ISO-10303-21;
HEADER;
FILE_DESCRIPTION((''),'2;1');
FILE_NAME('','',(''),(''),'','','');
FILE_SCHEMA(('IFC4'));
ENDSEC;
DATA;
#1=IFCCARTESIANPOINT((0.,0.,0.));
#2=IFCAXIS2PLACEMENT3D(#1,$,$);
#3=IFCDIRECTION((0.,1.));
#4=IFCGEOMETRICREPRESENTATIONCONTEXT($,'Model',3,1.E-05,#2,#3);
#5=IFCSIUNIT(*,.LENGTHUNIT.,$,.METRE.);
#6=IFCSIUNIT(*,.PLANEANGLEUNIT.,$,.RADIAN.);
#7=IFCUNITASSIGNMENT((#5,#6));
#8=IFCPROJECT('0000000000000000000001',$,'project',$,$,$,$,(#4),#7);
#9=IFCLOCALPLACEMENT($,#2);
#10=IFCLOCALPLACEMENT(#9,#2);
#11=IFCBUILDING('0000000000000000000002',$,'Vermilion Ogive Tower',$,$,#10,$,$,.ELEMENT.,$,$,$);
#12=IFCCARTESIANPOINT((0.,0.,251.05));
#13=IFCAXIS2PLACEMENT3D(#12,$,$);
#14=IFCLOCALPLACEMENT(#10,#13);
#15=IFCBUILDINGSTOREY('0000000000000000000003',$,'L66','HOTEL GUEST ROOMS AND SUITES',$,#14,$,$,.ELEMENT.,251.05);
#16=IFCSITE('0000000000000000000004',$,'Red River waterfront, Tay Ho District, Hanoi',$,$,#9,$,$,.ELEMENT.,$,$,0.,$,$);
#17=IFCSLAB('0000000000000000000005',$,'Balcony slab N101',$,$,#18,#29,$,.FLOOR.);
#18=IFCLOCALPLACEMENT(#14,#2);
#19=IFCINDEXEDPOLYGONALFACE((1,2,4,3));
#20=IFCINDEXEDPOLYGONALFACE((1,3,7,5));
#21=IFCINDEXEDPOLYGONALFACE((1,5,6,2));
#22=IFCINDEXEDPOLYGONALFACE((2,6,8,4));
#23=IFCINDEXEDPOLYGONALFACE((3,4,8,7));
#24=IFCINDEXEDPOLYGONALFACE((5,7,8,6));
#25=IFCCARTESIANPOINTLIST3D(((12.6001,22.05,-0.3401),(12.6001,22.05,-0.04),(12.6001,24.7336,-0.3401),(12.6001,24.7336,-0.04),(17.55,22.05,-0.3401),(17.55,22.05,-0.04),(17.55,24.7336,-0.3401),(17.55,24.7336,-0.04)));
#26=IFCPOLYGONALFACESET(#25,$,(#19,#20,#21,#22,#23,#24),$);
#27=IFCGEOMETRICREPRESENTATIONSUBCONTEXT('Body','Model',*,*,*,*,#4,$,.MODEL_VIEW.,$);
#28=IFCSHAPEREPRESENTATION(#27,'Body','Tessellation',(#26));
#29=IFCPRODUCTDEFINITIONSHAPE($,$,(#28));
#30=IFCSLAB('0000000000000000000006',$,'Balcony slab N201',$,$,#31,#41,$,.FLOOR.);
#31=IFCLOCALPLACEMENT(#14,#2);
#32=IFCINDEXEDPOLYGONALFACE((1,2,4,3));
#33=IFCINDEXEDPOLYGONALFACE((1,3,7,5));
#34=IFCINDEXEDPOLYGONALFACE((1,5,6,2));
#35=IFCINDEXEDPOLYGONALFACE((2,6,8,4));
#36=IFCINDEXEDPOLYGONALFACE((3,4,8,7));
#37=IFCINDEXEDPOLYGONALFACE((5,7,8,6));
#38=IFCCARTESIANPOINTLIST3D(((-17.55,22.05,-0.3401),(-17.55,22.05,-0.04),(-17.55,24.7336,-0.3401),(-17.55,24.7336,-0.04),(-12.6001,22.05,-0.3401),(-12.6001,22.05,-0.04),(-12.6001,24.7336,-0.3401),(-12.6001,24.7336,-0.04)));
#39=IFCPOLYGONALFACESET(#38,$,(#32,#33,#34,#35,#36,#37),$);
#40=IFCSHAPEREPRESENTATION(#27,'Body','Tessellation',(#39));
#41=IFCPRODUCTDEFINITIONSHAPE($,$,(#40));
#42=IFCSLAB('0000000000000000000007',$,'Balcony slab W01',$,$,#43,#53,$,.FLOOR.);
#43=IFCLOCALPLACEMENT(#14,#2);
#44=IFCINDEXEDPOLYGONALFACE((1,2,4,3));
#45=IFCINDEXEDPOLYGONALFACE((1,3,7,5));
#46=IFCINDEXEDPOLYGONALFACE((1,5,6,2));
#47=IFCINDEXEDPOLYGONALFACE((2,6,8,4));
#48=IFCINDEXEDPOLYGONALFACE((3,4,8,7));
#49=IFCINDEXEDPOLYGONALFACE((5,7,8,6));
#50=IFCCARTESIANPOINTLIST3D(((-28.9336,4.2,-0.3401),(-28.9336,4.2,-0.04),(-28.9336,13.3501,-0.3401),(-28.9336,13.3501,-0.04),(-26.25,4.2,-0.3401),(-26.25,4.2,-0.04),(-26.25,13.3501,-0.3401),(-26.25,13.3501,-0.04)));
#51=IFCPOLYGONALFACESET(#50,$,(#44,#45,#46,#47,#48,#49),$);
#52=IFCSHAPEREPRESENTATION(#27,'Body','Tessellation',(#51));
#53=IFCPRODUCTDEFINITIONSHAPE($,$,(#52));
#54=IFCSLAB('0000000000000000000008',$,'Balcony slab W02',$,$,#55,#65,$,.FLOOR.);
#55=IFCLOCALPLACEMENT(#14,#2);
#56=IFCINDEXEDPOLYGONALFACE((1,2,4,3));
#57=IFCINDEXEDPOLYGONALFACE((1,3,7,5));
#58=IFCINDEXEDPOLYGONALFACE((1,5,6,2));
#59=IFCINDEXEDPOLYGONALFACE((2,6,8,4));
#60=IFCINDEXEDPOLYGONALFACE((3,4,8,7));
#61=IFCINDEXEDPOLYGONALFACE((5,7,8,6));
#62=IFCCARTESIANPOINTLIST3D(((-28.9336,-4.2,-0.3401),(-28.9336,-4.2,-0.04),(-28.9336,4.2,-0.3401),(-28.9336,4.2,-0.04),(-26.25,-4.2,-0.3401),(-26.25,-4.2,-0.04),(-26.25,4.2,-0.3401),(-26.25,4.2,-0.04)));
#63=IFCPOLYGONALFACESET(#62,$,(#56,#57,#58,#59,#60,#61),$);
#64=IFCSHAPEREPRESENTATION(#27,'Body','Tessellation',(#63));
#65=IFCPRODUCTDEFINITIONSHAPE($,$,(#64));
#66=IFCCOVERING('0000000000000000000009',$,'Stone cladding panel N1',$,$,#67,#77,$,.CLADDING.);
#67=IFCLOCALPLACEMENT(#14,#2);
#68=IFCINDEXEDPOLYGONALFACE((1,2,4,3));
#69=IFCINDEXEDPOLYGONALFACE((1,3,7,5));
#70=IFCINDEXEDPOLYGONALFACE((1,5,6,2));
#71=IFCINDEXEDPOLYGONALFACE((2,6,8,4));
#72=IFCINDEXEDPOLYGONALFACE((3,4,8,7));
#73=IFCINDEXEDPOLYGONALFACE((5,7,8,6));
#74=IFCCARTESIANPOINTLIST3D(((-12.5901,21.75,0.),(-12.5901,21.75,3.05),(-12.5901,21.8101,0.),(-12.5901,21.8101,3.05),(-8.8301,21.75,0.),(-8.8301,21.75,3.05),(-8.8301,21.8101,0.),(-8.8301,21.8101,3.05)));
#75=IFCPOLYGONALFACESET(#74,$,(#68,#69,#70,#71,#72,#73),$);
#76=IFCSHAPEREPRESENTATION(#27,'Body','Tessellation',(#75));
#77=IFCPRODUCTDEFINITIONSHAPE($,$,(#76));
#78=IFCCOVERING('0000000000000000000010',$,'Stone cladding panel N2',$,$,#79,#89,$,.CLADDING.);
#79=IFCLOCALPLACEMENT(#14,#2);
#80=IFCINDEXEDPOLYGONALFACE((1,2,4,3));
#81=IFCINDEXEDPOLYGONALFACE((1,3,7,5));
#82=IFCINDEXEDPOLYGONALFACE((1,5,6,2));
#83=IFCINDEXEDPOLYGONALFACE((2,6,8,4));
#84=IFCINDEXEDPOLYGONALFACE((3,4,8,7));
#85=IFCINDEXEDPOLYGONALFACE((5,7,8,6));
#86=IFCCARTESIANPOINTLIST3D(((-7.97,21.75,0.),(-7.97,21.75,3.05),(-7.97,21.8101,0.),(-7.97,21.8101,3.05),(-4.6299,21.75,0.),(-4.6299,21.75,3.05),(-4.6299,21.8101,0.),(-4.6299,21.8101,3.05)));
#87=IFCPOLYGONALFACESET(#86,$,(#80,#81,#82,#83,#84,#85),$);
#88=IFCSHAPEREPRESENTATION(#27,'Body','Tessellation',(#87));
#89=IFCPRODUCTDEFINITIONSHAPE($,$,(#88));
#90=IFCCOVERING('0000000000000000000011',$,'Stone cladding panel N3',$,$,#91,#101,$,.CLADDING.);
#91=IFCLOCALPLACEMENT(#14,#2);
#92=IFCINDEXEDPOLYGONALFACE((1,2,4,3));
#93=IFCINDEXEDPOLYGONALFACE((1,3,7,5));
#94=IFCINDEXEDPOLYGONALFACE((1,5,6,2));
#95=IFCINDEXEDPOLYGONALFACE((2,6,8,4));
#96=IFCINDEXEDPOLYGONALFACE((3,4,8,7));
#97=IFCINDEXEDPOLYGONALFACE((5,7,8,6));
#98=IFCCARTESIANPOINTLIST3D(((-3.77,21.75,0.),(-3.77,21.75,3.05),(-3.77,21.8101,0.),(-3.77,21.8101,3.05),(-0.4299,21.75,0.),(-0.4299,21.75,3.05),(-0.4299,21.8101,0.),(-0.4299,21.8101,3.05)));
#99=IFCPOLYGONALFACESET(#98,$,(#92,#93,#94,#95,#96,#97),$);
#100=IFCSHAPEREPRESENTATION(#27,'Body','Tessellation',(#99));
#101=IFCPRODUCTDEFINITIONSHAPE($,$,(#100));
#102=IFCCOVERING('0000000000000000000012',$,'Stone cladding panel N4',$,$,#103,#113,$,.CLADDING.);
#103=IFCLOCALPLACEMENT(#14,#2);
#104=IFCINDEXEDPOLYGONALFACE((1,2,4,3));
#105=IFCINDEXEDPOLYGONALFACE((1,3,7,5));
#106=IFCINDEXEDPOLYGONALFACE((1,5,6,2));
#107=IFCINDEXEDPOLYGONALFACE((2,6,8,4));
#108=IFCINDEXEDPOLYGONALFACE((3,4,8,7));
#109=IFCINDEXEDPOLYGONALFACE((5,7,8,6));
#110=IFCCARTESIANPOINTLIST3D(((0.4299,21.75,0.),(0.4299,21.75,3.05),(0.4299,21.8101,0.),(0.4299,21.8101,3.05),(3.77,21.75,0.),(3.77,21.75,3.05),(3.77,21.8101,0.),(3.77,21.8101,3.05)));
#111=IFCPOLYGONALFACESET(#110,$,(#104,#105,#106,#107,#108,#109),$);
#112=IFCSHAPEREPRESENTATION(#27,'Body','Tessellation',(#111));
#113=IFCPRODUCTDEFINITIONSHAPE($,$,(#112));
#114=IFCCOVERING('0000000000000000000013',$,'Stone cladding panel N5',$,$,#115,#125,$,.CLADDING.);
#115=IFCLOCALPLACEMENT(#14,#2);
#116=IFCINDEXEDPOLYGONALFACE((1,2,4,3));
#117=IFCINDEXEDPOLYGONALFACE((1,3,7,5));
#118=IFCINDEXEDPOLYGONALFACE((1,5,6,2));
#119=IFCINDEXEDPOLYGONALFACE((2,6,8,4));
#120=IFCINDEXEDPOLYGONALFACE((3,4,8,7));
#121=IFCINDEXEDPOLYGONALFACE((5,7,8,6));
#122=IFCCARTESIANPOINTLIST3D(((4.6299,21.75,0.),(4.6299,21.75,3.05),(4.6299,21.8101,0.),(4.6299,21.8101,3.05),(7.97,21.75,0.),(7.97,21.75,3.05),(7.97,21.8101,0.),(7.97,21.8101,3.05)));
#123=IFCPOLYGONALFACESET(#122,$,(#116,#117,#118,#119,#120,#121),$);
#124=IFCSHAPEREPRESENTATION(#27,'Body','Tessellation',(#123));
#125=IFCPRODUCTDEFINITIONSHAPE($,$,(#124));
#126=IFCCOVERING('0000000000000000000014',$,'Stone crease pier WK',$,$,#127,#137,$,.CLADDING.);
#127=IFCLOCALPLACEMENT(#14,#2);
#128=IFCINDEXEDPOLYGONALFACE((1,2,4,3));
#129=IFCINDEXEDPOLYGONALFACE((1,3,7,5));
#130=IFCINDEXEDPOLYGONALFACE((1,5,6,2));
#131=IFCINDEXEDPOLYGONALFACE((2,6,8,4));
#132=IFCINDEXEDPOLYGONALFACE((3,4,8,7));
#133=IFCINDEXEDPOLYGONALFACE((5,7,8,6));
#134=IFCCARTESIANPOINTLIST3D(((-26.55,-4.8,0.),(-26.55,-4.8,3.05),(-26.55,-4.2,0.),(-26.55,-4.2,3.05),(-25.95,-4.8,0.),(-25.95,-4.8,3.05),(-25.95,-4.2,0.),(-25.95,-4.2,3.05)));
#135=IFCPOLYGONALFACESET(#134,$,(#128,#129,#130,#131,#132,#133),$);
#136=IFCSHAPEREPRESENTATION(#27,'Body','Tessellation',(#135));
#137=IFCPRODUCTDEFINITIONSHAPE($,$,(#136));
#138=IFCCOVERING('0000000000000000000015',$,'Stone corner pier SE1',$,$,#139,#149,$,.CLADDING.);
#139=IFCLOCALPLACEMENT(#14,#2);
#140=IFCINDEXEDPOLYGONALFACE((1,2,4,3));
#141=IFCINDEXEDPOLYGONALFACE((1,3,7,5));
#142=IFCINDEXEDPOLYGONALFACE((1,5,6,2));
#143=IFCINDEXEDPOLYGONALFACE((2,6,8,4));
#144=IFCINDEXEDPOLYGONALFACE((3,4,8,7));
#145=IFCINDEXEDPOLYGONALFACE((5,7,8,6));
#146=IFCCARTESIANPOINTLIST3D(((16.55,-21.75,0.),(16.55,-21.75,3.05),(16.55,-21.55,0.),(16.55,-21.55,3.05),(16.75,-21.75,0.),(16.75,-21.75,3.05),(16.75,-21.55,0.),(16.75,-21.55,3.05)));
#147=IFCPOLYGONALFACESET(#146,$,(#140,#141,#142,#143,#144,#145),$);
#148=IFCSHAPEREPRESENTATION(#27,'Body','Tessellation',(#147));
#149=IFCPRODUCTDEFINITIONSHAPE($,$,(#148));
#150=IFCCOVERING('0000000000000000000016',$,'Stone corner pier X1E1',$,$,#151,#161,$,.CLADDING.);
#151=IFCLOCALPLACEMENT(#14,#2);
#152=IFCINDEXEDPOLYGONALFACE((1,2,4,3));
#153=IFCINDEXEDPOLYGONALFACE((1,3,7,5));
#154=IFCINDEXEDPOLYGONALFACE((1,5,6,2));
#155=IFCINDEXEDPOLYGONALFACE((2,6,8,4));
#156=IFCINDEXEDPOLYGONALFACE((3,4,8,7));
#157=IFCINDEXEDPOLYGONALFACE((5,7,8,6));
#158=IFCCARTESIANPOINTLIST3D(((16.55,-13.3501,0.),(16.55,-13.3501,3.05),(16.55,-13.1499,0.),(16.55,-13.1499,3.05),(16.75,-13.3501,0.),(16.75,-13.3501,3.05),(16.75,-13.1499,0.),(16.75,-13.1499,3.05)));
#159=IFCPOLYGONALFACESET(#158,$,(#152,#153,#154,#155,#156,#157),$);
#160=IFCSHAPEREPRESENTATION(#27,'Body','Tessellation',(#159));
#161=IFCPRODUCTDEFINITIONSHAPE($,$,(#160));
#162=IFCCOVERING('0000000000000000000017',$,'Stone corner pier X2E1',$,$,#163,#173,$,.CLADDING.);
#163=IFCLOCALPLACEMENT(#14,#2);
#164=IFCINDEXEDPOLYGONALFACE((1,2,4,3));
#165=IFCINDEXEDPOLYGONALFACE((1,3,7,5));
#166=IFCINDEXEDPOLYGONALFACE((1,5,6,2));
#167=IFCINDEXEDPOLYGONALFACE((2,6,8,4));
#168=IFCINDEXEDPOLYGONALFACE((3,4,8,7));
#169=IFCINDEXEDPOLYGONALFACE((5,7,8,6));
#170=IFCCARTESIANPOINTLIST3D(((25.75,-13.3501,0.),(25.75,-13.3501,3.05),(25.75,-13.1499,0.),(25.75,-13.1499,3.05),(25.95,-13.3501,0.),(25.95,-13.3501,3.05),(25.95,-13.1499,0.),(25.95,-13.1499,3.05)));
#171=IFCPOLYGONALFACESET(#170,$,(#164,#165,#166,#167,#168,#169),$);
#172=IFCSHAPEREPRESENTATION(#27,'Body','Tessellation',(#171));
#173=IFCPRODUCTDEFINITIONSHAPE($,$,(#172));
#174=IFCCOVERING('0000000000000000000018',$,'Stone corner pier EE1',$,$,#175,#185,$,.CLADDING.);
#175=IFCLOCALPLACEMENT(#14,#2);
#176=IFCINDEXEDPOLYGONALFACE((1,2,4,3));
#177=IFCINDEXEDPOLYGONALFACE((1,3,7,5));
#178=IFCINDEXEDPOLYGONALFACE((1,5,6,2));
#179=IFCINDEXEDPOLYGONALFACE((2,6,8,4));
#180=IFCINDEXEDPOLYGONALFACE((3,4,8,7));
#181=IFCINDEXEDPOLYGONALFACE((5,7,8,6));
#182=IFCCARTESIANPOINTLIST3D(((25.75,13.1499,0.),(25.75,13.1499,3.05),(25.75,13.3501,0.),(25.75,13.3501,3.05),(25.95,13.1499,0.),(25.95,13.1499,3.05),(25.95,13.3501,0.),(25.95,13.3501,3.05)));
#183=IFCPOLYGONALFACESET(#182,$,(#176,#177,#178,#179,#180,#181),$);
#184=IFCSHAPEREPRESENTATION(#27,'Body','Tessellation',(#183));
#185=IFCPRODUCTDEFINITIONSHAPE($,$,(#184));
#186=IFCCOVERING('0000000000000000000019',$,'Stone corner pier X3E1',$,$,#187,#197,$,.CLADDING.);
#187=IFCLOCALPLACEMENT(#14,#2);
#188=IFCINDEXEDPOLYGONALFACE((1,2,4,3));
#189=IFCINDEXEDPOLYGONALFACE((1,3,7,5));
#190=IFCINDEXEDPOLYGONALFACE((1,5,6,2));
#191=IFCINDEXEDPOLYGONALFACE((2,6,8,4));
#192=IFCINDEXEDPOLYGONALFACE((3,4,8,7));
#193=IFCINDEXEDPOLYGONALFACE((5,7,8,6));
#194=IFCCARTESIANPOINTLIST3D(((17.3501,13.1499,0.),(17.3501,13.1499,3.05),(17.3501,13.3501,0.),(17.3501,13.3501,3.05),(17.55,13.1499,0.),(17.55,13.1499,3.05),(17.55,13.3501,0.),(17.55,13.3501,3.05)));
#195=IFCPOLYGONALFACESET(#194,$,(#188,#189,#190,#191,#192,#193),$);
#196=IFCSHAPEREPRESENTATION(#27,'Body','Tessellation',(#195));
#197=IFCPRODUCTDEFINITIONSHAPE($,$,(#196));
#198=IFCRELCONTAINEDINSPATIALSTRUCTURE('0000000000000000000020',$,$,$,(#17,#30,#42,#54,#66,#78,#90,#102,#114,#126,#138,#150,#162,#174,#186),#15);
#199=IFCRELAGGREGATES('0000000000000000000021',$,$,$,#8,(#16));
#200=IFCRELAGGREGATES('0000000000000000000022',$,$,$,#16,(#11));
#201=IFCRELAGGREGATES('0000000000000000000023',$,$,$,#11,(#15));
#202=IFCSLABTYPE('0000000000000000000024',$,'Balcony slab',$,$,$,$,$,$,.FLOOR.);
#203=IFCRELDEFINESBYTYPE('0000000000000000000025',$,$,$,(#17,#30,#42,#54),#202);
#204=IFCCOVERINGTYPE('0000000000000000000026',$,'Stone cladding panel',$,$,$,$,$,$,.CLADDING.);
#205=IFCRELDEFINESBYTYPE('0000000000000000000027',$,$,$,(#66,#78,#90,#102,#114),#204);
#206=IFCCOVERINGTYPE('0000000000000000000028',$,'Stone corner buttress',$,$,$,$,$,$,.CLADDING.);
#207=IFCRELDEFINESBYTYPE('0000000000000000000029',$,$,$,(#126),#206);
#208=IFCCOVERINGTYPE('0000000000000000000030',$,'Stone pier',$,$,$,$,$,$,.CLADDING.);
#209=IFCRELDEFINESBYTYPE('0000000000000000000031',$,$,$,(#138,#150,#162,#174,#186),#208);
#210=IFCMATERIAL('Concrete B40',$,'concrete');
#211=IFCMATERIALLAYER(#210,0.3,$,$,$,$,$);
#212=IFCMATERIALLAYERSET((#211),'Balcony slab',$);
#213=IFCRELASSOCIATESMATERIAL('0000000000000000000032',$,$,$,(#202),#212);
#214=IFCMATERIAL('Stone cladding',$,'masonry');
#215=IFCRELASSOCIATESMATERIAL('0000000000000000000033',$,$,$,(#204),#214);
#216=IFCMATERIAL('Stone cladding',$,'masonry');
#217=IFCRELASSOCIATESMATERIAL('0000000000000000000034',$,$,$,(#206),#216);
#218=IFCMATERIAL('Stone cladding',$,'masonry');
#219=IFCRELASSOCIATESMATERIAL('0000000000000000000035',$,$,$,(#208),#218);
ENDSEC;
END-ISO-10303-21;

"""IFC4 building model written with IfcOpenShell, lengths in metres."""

from ifc_helpers import new_model, si_unit, direction, frame, origin, place, context, subcontext, project, spatial, polyline, outline, extrude, material, layer, layer_set, type_object, element, save


model = new_model("IFC4")

# Units and contexts
model_context = context("Model", 3, precision=1e-05, world=origin(), true_north=direction((0.0, 1.0)))
body_context = subcontext(model_context, "Body", "Model", "MODEL_VIEW")
ifc_project = project(units=[si_unit("LENGTHUNIT", "METRE"), si_unit("PLANEANGLEUNIT", "RADIAN")], contexts=[model_context])

# Site, building, storey
site_placement = place(None, origin())
site = spatial("IfcSite", under=ifc_project, at=site_placement, Name="Red River waterfront, Tay Ho District, Hanoi", CompositionType="ELEMENT", RefElevation=0.0)
building_placement = place(site_placement, origin())
building = spatial("IfcBuilding", under=site, at=building_placement, Name="Vermilion Ogive Tower", CompositionType="ELEMENT")
storey_placement = place(building_placement, frame((0.0, 0.0, 251.05)))
storey = spatial("IfcBuildingStorey", under=building, at=storey_placement, Name="L66", Description="HOTEL GUEST ROOMS AND SUITES", CompositionType="ELEMENT", Elevation=251.05)

# Slabs
ifc_material_1 = material(Name="Concrete B40", Category="concrete")
ifc_layer = layer(ifc_material_1, 0.3)
ifc_layer_set = layer_set([ifc_layer], Name="Balcony slab")
slab_type = type_object("IfcSlabType", Name="Balcony slab", PredefinedType="FLOOR", material=ifc_layer_set)
slab_1_placement = place(storey_placement, frame((0.0, 0.0, -0.3401)))
element("IfcSlab", 1, at=slab_1_placement, inside=storey, type_object=slab_type, Name="Balcony slab N101", PredefinedType="FLOOR", context=body_context, shape_type="SweptSolid", body=[
    extrude(outline(polyline([(17.55, 24.7336), (12.6001, 24.7336), (12.6001, 22.05), (17.55, 22.05), (17.55, 24.7336)])), origin(), (0.0, 0.0, 1.0), 0.3),
])
slab_2_placement = place(storey_placement, frame((0.0, 0.0, -0.3401)))
element("IfcSlab", 2, at=slab_2_placement, inside=storey, type_object=slab_type, Name="Balcony slab N201", PredefinedType="FLOOR", context=body_context, shape_type="SweptSolid", body=[
    extrude(outline(polyline([(-12.6001, 24.7336), (-17.55, 24.7336), (-17.55, 22.05), (-12.6001, 22.05), (-12.6001, 24.7336)])), origin(), (0.0, 0.0, 1.0), 0.3),
])
slab_3_placement = place(storey_placement, frame((0.0, 0.0, -0.3401)))
element("IfcSlab", 3, at=slab_3_placement, inside=storey, type_object=slab_type, Name="Balcony slab W01", PredefinedType="FLOOR", context=body_context, shape_type="SweptSolid", body=[
    extrude(outline(polyline([(-28.9336, 13.3501), (-28.9336, 4.2), (-26.25, 4.2), (-26.25, 13.3501), (-28.9336, 13.3501)])), origin(), (0.0, 0.0, 1.0), 0.3),
])
slab_4_placement = place(storey_placement, frame((0.0, 0.0, -0.3401)))
element("IfcSlab", 4, at=slab_4_placement, inside=storey, type_object=slab_type, Name="Balcony slab W02", PredefinedType="FLOOR", context=body_context, shape_type="SweptSolid", body=[
    extrude(outline(polyline([(-28.9336, 4.2), (-28.9336, -4.2), (-26.25, -4.2), (-26.25, 4.2), (-28.9336, 4.2)])), origin(), (0.0, 0.0, 1.0), 0.3),
])

# Coverings
ifc_material_2 = material(Name="Stone cladding", Category="masonry")
covering_type_1 = type_object("IfcCoveringType", Name="Stone cladding panel", PredefinedType="CLADDING", material=ifc_material_2)
covering_1_placement = place(storey_placement, origin())
element("IfcCovering", 5, at=covering_1_placement, inside=storey, type_object=covering_type_1, Name="Stone cladding panel N1", PredefinedType="CLADDING", context=body_context, shape_type="SweptSolid", body=[
    extrude(outline(polyline([(-12.5901, 21.75), (-8.8301, 21.75), (-8.8301, 21.8101), (-12.5901, 21.8101), (-12.5901, 21.75)])), origin(), (0.0, 0.0, 1.0), 3.05),
])
covering_2_placement = place(storey_placement, origin())
element("IfcCovering", 6, at=covering_2_placement, inside=storey, type_object=covering_type_1, Name="Stone cladding panel N2", PredefinedType="CLADDING", context=body_context, shape_type="SweptSolid", body=[
    extrude(outline(polyline([(-7.97, 21.75), (-4.6299, 21.75), (-4.6299, 21.8101), (-7.97, 21.8101), (-7.97, 21.75)])), origin(), (0.0, 0.0, 1.0), 3.05),
])
covering_3_placement = place(storey_placement, origin())
element("IfcCovering", 7, at=covering_3_placement, inside=storey, type_object=covering_type_1, Name="Stone cladding panel N3", PredefinedType="CLADDING", context=body_context, shape_type="SweptSolid", body=[
    extrude(outline(polyline([(-3.77, 21.75), (-0.4299, 21.75), (-0.4299, 21.8101), (-3.77, 21.8101), (-3.77, 21.75)])), origin(), (0.0, 0.0, 1.0), 3.05),
])
covering_4_placement = place(storey_placement, origin())
element("IfcCovering", 8, at=covering_4_placement, inside=storey, type_object=covering_type_1, Name="Stone cladding panel N4", PredefinedType="CLADDING", context=body_context, shape_type="SweptSolid", body=[
    extrude(outline(polyline([(0.4299, 21.75), (3.77, 21.75), (3.77, 21.8101), (0.4299, 21.8101), (0.4299, 21.75)])), origin(), (0.0, 0.0, 1.0), 3.05),
])
covering_5_placement = place(storey_placement, origin())
element("IfcCovering", 9, at=covering_5_placement, inside=storey, type_object=covering_type_1, Name="Stone cladding panel N5", PredefinedType="CLADDING", context=body_context, shape_type="SweptSolid", body=[
    extrude(outline(polyline([(4.6299, 21.75), (7.97, 21.75), (7.97, 21.8101), (4.6299, 21.8101), (4.6299, 21.75)])), origin(), (0.0, 0.0, 1.0), 3.05),
])
ifc_material_3 = material(Name="Stone cladding", Category="masonry")
covering_type_2 = type_object("IfcCoveringType", Name="Stone corner buttress", PredefinedType="CLADDING", material=ifc_material_3)
covering_6_placement = place(storey_placement, origin())
element("IfcCovering", 10, at=covering_6_placement, inside=storey, type_object=covering_type_2, Name="Stone crease pier WK", PredefinedType="CLADDING", context=body_context, shape_type="SweptSolid", body=[
    extrude(outline(polyline([(-26.55, -4.2), (-26.55, -4.8), (-25.95, -4.8), (-25.95, -4.2), (-26.55, -4.2)])), origin(), (0.0, 0.0, 1.0), 3.05),
])
ifc_material_4 = material(Name="Stone cladding", Category="masonry")
covering_type_3 = type_object("IfcCoveringType", Name="Stone pier", PredefinedType="CLADDING", material=ifc_material_4)
covering_7_placement = place(storey_placement, origin())
element("IfcCovering", 11, at=covering_7_placement, inside=storey, type_object=covering_type_3, Name="Stone corner pier SE1", PredefinedType="CLADDING", context=body_context, shape_type="SweptSolid", body=[
    extrude(outline(polyline([(16.55, -21.55), (16.75, -21.55), (16.75, -21.75), (16.55, -21.75), (16.55, -21.55)])), origin(), (0.0, 0.0, 1.0), 3.05),
])
covering_8_placement = place(storey_placement, origin())
element("IfcCovering", 12, at=covering_8_placement, inside=storey, type_object=covering_type_3, Name="Stone corner pier X1E1", PredefinedType="CLADDING", context=body_context, shape_type="SweptSolid", body=[
    extrude(outline(polyline([(16.55, -13.1499), (16.75, -13.1499), (16.75, -13.3501), (16.55, -13.3501), (16.55, -13.1499)])), origin(), (0.0, 0.0, 1.0), 3.05),
])
covering_9_placement = place(storey_placement, origin())
element("IfcCovering", 13, at=covering_9_placement, inside=storey, type_object=covering_type_3, Name="Stone corner pier X2E1", PredefinedType="CLADDING", context=body_context, shape_type="SweptSolid", body=[
    extrude(outline(polyline([(25.75, -13.1499), (25.95, -13.1499), (25.95, -13.3501), (25.75, -13.3501), (25.75, -13.1499)])), origin(), (0.0, 0.0, 1.0), 3.05),
])
covering_10_placement = place(storey_placement, origin())
element("IfcCovering", 14, at=covering_10_placement, inside=storey, type_object=covering_type_3, Name="Stone corner pier EE1", PredefinedType="CLADDING", context=body_context, shape_type="SweptSolid", body=[
    extrude(outline(polyline([(25.75, 13.1499), (25.75, 13.3501), (25.95, 13.3501), (25.95, 13.1499), (25.75, 13.1499)])), origin(), (0.0, 0.0, 1.0), 3.05),
])
covering_11_placement = place(storey_placement, origin())
element("IfcCovering", 15, at=covering_11_placement, inside=storey, type_object=covering_type_3, Name="Stone corner pier X3E1", PredefinedType="CLADDING", context=body_context, shape_type="SweptSolid", body=[
    extrude(outline(polyline([(17.3501, 13.1499), (17.3501, 13.3501), (17.55, 13.3501), (17.55, 13.1499), (17.3501, 13.1499)])), origin(), (0.0, 0.0, 1.0), 3.05),
])

save(model, "model.ifc")
